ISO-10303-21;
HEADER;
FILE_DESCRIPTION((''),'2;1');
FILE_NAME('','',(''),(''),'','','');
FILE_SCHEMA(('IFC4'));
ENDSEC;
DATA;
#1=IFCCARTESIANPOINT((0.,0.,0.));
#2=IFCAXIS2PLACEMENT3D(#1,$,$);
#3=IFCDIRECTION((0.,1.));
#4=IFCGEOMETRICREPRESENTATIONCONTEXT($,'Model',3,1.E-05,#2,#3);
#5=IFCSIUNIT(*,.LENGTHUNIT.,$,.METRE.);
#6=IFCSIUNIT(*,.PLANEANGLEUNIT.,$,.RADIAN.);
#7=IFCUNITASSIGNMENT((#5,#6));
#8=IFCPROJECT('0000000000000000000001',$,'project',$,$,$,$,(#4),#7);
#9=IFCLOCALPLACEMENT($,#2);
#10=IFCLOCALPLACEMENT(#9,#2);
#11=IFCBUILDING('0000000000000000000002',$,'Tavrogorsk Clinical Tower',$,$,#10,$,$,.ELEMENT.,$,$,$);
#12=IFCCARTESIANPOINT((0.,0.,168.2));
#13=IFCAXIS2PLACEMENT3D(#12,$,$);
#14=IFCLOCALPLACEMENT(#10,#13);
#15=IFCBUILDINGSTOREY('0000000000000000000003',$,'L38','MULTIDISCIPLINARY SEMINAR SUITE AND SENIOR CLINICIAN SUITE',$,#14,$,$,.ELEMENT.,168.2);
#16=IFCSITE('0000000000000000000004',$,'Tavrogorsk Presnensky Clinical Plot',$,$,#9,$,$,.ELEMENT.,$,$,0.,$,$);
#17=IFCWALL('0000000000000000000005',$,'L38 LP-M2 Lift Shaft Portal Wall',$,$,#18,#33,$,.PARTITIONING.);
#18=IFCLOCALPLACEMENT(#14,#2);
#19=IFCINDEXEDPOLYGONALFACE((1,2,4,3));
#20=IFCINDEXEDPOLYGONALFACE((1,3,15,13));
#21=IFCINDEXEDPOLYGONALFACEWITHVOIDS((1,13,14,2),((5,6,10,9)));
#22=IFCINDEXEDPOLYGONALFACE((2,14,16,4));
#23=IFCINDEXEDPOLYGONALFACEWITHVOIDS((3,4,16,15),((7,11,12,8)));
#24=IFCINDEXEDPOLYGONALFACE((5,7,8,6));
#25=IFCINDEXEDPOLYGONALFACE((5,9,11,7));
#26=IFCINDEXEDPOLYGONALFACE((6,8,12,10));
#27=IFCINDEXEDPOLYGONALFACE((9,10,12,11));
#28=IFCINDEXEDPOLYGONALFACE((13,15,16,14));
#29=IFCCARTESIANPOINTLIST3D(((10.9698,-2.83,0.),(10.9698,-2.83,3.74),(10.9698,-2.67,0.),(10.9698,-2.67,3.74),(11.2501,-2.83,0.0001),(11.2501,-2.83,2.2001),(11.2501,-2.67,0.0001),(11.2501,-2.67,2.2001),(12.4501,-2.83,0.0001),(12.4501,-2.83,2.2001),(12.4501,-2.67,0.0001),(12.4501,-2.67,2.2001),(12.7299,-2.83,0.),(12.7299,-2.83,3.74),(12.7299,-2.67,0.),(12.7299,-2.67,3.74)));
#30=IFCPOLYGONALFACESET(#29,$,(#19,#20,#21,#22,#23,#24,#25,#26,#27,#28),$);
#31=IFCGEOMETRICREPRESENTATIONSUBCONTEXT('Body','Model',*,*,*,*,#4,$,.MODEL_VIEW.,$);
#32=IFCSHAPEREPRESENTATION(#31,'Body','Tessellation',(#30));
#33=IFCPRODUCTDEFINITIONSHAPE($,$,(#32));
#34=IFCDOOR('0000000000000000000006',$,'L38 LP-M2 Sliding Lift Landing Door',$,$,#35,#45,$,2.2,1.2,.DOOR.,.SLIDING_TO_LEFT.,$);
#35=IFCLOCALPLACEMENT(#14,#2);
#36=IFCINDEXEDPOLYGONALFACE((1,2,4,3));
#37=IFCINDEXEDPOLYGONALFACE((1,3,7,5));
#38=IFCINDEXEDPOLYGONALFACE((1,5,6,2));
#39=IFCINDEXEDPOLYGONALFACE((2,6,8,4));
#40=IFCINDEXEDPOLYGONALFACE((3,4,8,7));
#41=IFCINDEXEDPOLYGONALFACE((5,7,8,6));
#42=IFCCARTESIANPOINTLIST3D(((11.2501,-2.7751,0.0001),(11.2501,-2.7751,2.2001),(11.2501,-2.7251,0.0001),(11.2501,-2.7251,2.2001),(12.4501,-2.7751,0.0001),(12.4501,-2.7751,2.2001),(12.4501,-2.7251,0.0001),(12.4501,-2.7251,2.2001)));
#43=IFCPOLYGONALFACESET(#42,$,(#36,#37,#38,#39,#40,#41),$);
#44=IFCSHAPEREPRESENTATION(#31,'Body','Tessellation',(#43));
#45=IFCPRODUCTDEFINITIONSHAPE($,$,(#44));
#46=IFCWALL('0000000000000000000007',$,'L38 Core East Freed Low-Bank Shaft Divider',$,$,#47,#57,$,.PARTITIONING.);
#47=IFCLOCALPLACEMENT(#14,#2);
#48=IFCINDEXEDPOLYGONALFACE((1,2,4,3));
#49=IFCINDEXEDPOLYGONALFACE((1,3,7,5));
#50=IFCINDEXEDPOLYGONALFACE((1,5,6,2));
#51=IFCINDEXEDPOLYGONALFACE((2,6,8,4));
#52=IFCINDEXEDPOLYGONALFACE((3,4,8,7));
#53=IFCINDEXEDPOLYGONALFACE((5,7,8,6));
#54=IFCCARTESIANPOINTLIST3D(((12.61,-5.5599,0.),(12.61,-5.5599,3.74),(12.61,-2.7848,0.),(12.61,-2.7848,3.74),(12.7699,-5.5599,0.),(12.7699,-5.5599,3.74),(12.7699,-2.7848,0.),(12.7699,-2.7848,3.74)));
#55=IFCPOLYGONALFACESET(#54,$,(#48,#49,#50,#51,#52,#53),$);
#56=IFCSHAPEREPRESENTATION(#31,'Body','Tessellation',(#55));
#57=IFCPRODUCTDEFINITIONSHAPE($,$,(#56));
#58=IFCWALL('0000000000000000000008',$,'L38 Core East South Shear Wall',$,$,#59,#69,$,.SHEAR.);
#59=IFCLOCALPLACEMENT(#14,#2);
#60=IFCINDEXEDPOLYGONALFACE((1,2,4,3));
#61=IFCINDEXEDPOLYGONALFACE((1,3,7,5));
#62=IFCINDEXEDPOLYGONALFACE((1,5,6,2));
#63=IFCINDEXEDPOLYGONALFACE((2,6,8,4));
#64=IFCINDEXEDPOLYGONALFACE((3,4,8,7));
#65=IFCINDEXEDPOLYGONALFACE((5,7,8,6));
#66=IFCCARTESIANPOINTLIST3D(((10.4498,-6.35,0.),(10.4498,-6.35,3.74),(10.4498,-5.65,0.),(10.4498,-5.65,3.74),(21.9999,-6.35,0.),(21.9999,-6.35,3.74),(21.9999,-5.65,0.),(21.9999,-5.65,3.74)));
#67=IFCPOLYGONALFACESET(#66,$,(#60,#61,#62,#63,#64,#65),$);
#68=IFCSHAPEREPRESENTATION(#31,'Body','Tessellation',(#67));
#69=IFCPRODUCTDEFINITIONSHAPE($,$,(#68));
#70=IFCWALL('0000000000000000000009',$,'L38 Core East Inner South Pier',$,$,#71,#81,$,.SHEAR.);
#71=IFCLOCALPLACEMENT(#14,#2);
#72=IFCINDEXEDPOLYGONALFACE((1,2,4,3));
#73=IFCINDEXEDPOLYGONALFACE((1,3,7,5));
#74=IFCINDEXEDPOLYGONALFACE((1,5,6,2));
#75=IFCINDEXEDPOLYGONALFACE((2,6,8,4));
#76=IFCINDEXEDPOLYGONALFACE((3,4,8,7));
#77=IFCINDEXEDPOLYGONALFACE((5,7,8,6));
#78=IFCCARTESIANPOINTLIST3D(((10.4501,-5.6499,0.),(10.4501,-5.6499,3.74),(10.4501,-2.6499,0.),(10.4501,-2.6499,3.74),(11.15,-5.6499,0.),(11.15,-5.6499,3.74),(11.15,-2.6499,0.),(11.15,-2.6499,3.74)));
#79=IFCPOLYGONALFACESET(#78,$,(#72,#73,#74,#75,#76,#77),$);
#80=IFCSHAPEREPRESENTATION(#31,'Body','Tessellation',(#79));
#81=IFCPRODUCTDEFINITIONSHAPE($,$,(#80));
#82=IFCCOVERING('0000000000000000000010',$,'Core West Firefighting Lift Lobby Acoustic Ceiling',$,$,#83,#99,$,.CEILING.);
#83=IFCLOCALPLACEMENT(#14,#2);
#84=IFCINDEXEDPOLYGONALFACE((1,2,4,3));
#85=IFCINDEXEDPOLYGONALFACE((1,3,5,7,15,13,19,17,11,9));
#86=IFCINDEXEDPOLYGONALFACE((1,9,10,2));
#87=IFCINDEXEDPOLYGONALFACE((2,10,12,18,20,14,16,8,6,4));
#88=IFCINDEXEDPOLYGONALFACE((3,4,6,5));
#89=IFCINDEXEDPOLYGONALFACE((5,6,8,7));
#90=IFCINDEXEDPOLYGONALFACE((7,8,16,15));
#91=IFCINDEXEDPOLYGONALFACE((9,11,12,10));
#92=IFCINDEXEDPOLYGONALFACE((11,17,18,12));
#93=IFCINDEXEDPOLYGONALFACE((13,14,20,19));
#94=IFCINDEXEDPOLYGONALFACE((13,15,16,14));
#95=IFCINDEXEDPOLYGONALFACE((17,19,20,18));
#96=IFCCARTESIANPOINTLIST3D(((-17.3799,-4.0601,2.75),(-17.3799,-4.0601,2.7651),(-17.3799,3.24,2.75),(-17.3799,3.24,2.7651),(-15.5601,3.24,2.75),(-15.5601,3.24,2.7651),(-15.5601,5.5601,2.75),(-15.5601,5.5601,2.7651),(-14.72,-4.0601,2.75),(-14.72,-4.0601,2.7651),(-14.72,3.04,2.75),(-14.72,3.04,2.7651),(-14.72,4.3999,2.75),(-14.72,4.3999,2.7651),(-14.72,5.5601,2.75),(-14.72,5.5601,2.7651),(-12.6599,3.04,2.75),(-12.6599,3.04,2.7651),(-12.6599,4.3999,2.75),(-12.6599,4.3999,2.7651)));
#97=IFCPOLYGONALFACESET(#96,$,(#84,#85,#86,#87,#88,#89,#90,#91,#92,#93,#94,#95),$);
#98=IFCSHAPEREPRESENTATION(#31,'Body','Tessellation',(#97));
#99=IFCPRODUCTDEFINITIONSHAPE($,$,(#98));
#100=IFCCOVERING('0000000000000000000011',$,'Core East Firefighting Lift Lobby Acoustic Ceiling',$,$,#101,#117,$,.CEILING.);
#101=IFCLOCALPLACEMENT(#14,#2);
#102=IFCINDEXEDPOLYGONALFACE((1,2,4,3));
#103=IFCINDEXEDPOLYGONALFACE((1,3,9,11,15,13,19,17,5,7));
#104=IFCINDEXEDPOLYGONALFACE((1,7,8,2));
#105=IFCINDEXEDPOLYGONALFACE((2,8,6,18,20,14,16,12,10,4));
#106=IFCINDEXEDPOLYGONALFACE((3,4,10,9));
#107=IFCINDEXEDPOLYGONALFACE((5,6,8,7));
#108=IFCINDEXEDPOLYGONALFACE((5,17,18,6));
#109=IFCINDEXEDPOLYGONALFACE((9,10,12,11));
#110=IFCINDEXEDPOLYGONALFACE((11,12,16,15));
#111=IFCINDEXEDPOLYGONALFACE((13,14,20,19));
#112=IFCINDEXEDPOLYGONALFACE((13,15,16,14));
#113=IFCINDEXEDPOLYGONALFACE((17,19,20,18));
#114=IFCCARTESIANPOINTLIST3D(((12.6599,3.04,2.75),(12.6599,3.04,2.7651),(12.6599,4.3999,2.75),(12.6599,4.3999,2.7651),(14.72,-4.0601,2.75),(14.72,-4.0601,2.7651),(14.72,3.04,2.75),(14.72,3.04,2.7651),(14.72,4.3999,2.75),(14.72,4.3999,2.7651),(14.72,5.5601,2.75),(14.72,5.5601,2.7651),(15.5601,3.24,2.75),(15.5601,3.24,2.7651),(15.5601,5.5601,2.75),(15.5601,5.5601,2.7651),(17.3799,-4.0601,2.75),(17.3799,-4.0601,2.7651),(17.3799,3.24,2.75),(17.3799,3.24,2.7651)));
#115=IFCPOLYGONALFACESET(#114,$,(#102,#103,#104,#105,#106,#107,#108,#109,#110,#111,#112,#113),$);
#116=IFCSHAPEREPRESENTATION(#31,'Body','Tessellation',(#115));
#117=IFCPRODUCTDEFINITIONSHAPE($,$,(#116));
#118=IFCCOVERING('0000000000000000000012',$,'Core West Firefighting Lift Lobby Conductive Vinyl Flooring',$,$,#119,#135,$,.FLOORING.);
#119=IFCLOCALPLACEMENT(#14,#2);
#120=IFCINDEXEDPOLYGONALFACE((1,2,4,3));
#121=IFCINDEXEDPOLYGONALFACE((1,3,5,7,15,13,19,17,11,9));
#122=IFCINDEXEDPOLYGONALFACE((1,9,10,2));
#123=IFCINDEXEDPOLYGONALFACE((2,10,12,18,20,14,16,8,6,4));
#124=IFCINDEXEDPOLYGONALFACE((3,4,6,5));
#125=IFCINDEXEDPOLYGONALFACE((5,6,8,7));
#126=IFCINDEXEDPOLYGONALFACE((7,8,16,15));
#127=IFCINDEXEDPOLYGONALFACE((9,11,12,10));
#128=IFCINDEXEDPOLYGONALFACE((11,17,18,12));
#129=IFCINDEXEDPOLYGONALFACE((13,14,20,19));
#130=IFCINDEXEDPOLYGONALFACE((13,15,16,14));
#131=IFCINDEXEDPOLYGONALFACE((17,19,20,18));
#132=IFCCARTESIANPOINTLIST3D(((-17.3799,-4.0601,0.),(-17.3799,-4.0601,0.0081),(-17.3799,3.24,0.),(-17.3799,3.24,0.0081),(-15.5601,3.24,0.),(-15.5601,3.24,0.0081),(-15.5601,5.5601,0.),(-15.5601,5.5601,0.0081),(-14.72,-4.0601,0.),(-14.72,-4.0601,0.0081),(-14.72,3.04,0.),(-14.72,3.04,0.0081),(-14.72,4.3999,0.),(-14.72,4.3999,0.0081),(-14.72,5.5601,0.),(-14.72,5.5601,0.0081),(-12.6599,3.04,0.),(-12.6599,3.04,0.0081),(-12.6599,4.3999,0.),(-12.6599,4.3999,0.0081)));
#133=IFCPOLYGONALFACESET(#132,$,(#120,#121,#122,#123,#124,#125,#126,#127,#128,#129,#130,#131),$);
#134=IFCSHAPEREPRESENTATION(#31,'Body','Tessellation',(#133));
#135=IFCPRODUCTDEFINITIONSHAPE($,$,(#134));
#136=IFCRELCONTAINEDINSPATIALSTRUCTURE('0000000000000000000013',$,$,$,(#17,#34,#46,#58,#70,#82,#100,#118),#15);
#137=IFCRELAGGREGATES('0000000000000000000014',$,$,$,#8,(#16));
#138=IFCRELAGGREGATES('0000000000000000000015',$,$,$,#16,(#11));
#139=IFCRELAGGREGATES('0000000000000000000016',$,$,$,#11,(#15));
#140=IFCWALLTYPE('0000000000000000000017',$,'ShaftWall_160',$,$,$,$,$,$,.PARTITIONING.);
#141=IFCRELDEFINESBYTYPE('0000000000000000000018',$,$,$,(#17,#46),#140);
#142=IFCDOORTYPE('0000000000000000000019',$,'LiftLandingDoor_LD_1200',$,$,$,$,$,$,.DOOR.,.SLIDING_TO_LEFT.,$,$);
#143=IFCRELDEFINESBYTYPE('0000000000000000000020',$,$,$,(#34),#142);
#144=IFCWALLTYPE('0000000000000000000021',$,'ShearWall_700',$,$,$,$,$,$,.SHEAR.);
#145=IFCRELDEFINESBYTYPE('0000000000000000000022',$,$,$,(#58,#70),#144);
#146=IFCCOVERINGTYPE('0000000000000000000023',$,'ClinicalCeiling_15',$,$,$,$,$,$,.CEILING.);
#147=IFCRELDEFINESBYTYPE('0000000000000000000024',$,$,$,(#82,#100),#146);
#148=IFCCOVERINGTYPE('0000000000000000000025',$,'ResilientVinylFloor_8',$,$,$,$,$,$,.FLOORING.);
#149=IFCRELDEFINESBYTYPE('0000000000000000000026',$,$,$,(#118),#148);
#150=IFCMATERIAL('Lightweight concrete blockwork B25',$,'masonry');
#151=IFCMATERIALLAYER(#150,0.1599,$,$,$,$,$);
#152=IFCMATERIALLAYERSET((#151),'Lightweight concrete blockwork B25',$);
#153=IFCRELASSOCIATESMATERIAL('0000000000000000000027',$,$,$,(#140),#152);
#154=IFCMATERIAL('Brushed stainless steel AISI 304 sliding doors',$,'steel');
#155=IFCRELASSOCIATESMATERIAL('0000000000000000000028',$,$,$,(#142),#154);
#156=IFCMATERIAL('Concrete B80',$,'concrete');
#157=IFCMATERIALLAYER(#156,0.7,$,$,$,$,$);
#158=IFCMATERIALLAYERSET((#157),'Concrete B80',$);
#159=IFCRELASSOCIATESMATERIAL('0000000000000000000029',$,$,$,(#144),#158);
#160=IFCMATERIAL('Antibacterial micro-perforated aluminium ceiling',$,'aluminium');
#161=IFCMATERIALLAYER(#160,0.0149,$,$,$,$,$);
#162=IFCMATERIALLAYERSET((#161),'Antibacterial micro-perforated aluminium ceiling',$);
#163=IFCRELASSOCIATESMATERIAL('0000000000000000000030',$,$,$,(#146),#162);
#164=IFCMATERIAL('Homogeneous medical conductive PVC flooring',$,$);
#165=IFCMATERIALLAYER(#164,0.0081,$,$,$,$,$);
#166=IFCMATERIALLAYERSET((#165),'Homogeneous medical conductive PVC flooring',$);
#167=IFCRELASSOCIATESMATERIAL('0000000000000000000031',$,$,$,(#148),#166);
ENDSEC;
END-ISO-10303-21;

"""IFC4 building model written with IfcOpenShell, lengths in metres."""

from ifc_helpers import new_model, si_unit, direction, frame, frame_2d, origin, place, context, subcontext, project, spatial, polyline, rectangle, outline, extrude, material, layer, layer_set, type_object, element, fill, save


model = new_model("IFC4")

# Units and contexts
model_context = context("Model", 3, precision=1e-05, world=origin(), true_north=direction((0.0, 1.0)))
body_context = subcontext(model_context, "Body", "Model", "MODEL_VIEW")
ifc_project = project(units=[si_unit("LENGTHUNIT", "METRE"), si_unit("PLANEANGLEUNIT", "RADIAN")], contexts=[model_context])

# Site, building, storey
site_placement = place(None, origin())
site = spatial("IfcSite", under=ifc_project, at=site_placement, Name="Tavrogorsk Presnensky Clinical Plot", CompositionType="ELEMENT", RefElevation=0.0)
building_placement = place(site_placement, origin())
building = spatial("IfcBuilding", under=site, at=building_placement, Name="Tavrogorsk Clinical Tower", CompositionType="ELEMENT")
storey_placement = place(building_placement, frame((0.0, 0.0, 168.2)))
storey = spatial("IfcBuildingStorey", under=building, at=storey_placement, Name="L38", Description="MULTIDISCIPLINARY SEMINAR SUITE AND SENIOR CLINICIAN SUITE", CompositionType="ELEMENT", Elevation=168.2)

# Wall, opening, door
ifc_material_1 = material(Name="Lightweight concrete blockwork B25", Category="masonry")
ifc_layer_1 = layer(ifc_material_1, 0.1599)
ifc_layer_set_1 = layer_set([ifc_layer_1], Name="Lightweight concrete blockwork B25")
wall_type_1 = type_object("IfcWallType", Name="ShaftWall_160", PredefinedType="PARTITIONING", material=ifc_layer_set_1)
wall_1_placement = place(storey_placement, frame((10.97, -2.75, 0.0), z_axis=(0.0, 0.0, 1.0), x_axis=(1.0, 0.0, 0.0)))
wall_1 = element("IfcWall", 1, at=wall_1_placement, inside=storey, type_object=wall_type_1, Name="L38 LP-M2 Lift Shaft Portal Wall", PredefinedType="PARTITIONING", context=body_context, shape_type="SweptSolid", body=[
    extrude(rectangle(XDim=1.76, YDim=0.1599, at=frame_2d((0.8799, 0.0))), origin(), (0.0, 0.0, 1.0), 3.74),
])
opening_1_placement = place(wall_1_placement, frame((0.28, 0.0, 0.0)))
opening_1 = element("IfcOpeningElement", 2, at=opening_1_placement, cuts=wall_1, PredefinedType="OPENING", context=body_context, shape_type="SweptSolid", body=[
    extrude(rectangle(XDim=1.2, YDim=2.2, at=frame_2d((0.6001, 1.1001))), frame((0.0, 0.0898, 0.0), z_axis=(0.0, -1.0, 0.0), x_axis=(1.0, 0.0, 0.0)), (0.0, 0.0, 1.0), 0.1799),
])
ifc_material_2 = material(Name="Brushed stainless steel AISI 304 sliding doors", Category="steel")
door_type_1 = type_object("IfcDoorType", Name="LiftLandingDoor_LD_1200", OperationType="SLIDING_TO_LEFT", PredefinedType="DOOR", material=ifc_material_2)
door_1_placement = place(opening_1_placement, origin())
door_1 = element("IfcDoor", 3, at=door_1_placement, inside=storey, type_object=door_type_1, Name="L38 LP-M2 Sliding Lift Landing Door", OperationType="SLIDING_TO_LEFT", OverallHeight=2.2, OverallWidth=1.2, PredefinedType="DOOR", context=body_context, shape_type="SweptSolid", body=[
    extrude(rectangle(XDim=1.2, YDim=2.2, at=frame_2d((0.6001, 1.1001))), frame((0.0, 0.0249, 0.0), z_axis=(0.0, -1.0, 0.0), x_axis=(1.0, 0.0, 0.0)), (0.0, 0.0, 1.0), 0.05),
])
fill(opening_1, door_1)

# Walls
wall_2_placement = place(storey_placement, frame((12.6899, -5.5601, 0.0), z_axis=(0.0, 0.0, 1.0), x_axis=(0.0, 1.0, 0.0)))
element("IfcWall", 4, at=wall_2_placement, inside=storey, type_object=wall_type_1, Name="L38 Core East Freed Low-Bank Shaft Divider", PredefinedType="PARTITIONING", context=body_context, shape_type="SweptSolid", body=[
    extrude(rectangle(XDim=2.7751, YDim=0.1599, at=frame_2d((1.3877, 0.0))), origin(), (0.0, 0.0, 1.0), 3.74),
])
ifc_material_3 = material(Name="Concrete B80", Category="concrete")
ifc_layer_2 = layer(ifc_material_3, 0.7)
ifc_layer_set_2 = layer_set([ifc_layer_2], Name="Concrete B80")
wall_type_2 = type_object("IfcWallType", Name="ShearWall_700", PredefinedType="SHEAR", material=ifc_layer_set_2)
wall_3_placement = place(storey_placement, frame((10.45, -6.0, 0.0), z_axis=(0.0, 0.0, 1.0), x_axis=(1.0, 0.0, 0.0)))
element("IfcWall", 5, at=wall_3_placement, inside=storey, type_object=wall_type_2, Name="L38 Core East South Shear Wall", PredefinedType="SHEAR", context=body_context, shape_type="SweptSolid", body=[
    extrude(rectangle(XDim=11.55, YDim=0.7, at=frame_2d((5.7749, 0.0))), origin(), (0.0, 0.0, 1.0), 3.74),
])
wall_4_placement = place(storey_placement, frame((10.8, -5.6499, 0.0), z_axis=(0.0, 0.0, 1.0), x_axis=(0.0, 1.0, 0.0)))
element("IfcWall", 6, at=wall_4_placement, inside=storey, type_object=wall_type_2, Name="L38 Core East Inner South Pier", PredefinedType="SHEAR", context=body_context, shape_type="SweptSolid", body=[
    extrude(rectangle(XDim=3.0, YDim=0.7, at=frame_2d((1.5, 0.0))), origin(), (0.0, 0.0, 1.0), 3.74),
])

# Coverings
ifc_material_4 = material(Name="Antibacterial micro-perforated aluminium ceiling", Category="aluminium")
ifc_layer_3 = layer(ifc_material_4, 0.0149)
ifc_layer_set_3 = layer_set([ifc_layer_3], Name="Antibacterial micro-perforated aluminium ceiling")
covering_type_1 = type_object("IfcCoveringType", Name="ClinicalCeiling_15", PredefinedType="CEILING", material=ifc_layer_set_3)
covering_1_placement = place(storey_placement, frame((0.0, 0.0, 2.75)))
element("IfcCovering", 7, at=covering_1_placement, inside=storey, type_object=covering_type_1, Name="Core West Firefighting Lift Lobby Acoustic Ceiling", PredefinedType="CEILING", context=body_context, shape_type="SweptSolid", body=[
    extrude(outline(polyline([(-17.3799, -4.0601), (-17.3799, 3.24), (-15.5601, 3.24), (-15.5601, 5.5601), (-14.72, 5.5601), (-14.72, 4.3999), (-12.6599, 4.3999), (-12.6599, 3.04), (-14.72, 3.04), (-14.72, -4.0601), (-17.3799, -4.0601)])), origin(), (0.0, 0.0, 1.0), 0.0151),
])
covering_2_placement = place(storey_placement, frame((0.0, 0.0, 2.75)))
element("IfcCovering", 8, at=covering_2_placement, inside=storey, type_object=covering_type_1, Name="Core East Firefighting Lift Lobby Acoustic Ceiling", PredefinedType="CEILING", context=body_context, shape_type="SweptSolid", body=[
    extrude(outline(polyline([(14.72, 3.04), (12.6599, 3.04), (12.6599, 4.3999), (14.72, 4.3999), (14.72, 5.5601), (15.5601, 5.5601), (15.5601, 3.24), (17.3799, 3.24), (17.3799, -4.0601), (14.72, -4.0601), (14.72, 3.04)])), origin(), (0.0, 0.0, 1.0), 0.0151),
])
ifc_material_5 = material(Name="Homogeneous medical conductive PVC flooring")
ifc_layer_4 = layer(ifc_material_5, 0.0081)
ifc_layer_set_4 = layer_set([ifc_layer_4], Name="Homogeneous medical conductive PVC flooring")
covering_type_2 = type_object("IfcCoveringType", Name="ResilientVinylFloor_8", PredefinedType="FLOORING", material=ifc_layer_set_4)
covering_3_placement = place(storey_placement, origin())
element("IfcCovering", 9, at=covering_3_placement, inside=storey, type_object=covering_type_2, Name="Core West Firefighting Lift Lobby Conductive Vinyl Flooring", PredefinedType="FLOORING", context=body_context, shape_type="SweptSolid", body=[
    extrude(outline(polyline([(-17.3799, -4.0601), (-17.3799, 3.24), (-15.5601, 3.24), (-15.5601, 5.5601), (-14.72, 5.5601), (-14.72, 4.3999), (-12.6599, 4.3999), (-12.6599, 3.04), (-14.72, 3.04), (-14.72, -4.0601), (-17.3799, -4.0601)])), origin(), (0.0, 0.0, 1.0), 0.0081),
])

save(model, "model.ifc")
